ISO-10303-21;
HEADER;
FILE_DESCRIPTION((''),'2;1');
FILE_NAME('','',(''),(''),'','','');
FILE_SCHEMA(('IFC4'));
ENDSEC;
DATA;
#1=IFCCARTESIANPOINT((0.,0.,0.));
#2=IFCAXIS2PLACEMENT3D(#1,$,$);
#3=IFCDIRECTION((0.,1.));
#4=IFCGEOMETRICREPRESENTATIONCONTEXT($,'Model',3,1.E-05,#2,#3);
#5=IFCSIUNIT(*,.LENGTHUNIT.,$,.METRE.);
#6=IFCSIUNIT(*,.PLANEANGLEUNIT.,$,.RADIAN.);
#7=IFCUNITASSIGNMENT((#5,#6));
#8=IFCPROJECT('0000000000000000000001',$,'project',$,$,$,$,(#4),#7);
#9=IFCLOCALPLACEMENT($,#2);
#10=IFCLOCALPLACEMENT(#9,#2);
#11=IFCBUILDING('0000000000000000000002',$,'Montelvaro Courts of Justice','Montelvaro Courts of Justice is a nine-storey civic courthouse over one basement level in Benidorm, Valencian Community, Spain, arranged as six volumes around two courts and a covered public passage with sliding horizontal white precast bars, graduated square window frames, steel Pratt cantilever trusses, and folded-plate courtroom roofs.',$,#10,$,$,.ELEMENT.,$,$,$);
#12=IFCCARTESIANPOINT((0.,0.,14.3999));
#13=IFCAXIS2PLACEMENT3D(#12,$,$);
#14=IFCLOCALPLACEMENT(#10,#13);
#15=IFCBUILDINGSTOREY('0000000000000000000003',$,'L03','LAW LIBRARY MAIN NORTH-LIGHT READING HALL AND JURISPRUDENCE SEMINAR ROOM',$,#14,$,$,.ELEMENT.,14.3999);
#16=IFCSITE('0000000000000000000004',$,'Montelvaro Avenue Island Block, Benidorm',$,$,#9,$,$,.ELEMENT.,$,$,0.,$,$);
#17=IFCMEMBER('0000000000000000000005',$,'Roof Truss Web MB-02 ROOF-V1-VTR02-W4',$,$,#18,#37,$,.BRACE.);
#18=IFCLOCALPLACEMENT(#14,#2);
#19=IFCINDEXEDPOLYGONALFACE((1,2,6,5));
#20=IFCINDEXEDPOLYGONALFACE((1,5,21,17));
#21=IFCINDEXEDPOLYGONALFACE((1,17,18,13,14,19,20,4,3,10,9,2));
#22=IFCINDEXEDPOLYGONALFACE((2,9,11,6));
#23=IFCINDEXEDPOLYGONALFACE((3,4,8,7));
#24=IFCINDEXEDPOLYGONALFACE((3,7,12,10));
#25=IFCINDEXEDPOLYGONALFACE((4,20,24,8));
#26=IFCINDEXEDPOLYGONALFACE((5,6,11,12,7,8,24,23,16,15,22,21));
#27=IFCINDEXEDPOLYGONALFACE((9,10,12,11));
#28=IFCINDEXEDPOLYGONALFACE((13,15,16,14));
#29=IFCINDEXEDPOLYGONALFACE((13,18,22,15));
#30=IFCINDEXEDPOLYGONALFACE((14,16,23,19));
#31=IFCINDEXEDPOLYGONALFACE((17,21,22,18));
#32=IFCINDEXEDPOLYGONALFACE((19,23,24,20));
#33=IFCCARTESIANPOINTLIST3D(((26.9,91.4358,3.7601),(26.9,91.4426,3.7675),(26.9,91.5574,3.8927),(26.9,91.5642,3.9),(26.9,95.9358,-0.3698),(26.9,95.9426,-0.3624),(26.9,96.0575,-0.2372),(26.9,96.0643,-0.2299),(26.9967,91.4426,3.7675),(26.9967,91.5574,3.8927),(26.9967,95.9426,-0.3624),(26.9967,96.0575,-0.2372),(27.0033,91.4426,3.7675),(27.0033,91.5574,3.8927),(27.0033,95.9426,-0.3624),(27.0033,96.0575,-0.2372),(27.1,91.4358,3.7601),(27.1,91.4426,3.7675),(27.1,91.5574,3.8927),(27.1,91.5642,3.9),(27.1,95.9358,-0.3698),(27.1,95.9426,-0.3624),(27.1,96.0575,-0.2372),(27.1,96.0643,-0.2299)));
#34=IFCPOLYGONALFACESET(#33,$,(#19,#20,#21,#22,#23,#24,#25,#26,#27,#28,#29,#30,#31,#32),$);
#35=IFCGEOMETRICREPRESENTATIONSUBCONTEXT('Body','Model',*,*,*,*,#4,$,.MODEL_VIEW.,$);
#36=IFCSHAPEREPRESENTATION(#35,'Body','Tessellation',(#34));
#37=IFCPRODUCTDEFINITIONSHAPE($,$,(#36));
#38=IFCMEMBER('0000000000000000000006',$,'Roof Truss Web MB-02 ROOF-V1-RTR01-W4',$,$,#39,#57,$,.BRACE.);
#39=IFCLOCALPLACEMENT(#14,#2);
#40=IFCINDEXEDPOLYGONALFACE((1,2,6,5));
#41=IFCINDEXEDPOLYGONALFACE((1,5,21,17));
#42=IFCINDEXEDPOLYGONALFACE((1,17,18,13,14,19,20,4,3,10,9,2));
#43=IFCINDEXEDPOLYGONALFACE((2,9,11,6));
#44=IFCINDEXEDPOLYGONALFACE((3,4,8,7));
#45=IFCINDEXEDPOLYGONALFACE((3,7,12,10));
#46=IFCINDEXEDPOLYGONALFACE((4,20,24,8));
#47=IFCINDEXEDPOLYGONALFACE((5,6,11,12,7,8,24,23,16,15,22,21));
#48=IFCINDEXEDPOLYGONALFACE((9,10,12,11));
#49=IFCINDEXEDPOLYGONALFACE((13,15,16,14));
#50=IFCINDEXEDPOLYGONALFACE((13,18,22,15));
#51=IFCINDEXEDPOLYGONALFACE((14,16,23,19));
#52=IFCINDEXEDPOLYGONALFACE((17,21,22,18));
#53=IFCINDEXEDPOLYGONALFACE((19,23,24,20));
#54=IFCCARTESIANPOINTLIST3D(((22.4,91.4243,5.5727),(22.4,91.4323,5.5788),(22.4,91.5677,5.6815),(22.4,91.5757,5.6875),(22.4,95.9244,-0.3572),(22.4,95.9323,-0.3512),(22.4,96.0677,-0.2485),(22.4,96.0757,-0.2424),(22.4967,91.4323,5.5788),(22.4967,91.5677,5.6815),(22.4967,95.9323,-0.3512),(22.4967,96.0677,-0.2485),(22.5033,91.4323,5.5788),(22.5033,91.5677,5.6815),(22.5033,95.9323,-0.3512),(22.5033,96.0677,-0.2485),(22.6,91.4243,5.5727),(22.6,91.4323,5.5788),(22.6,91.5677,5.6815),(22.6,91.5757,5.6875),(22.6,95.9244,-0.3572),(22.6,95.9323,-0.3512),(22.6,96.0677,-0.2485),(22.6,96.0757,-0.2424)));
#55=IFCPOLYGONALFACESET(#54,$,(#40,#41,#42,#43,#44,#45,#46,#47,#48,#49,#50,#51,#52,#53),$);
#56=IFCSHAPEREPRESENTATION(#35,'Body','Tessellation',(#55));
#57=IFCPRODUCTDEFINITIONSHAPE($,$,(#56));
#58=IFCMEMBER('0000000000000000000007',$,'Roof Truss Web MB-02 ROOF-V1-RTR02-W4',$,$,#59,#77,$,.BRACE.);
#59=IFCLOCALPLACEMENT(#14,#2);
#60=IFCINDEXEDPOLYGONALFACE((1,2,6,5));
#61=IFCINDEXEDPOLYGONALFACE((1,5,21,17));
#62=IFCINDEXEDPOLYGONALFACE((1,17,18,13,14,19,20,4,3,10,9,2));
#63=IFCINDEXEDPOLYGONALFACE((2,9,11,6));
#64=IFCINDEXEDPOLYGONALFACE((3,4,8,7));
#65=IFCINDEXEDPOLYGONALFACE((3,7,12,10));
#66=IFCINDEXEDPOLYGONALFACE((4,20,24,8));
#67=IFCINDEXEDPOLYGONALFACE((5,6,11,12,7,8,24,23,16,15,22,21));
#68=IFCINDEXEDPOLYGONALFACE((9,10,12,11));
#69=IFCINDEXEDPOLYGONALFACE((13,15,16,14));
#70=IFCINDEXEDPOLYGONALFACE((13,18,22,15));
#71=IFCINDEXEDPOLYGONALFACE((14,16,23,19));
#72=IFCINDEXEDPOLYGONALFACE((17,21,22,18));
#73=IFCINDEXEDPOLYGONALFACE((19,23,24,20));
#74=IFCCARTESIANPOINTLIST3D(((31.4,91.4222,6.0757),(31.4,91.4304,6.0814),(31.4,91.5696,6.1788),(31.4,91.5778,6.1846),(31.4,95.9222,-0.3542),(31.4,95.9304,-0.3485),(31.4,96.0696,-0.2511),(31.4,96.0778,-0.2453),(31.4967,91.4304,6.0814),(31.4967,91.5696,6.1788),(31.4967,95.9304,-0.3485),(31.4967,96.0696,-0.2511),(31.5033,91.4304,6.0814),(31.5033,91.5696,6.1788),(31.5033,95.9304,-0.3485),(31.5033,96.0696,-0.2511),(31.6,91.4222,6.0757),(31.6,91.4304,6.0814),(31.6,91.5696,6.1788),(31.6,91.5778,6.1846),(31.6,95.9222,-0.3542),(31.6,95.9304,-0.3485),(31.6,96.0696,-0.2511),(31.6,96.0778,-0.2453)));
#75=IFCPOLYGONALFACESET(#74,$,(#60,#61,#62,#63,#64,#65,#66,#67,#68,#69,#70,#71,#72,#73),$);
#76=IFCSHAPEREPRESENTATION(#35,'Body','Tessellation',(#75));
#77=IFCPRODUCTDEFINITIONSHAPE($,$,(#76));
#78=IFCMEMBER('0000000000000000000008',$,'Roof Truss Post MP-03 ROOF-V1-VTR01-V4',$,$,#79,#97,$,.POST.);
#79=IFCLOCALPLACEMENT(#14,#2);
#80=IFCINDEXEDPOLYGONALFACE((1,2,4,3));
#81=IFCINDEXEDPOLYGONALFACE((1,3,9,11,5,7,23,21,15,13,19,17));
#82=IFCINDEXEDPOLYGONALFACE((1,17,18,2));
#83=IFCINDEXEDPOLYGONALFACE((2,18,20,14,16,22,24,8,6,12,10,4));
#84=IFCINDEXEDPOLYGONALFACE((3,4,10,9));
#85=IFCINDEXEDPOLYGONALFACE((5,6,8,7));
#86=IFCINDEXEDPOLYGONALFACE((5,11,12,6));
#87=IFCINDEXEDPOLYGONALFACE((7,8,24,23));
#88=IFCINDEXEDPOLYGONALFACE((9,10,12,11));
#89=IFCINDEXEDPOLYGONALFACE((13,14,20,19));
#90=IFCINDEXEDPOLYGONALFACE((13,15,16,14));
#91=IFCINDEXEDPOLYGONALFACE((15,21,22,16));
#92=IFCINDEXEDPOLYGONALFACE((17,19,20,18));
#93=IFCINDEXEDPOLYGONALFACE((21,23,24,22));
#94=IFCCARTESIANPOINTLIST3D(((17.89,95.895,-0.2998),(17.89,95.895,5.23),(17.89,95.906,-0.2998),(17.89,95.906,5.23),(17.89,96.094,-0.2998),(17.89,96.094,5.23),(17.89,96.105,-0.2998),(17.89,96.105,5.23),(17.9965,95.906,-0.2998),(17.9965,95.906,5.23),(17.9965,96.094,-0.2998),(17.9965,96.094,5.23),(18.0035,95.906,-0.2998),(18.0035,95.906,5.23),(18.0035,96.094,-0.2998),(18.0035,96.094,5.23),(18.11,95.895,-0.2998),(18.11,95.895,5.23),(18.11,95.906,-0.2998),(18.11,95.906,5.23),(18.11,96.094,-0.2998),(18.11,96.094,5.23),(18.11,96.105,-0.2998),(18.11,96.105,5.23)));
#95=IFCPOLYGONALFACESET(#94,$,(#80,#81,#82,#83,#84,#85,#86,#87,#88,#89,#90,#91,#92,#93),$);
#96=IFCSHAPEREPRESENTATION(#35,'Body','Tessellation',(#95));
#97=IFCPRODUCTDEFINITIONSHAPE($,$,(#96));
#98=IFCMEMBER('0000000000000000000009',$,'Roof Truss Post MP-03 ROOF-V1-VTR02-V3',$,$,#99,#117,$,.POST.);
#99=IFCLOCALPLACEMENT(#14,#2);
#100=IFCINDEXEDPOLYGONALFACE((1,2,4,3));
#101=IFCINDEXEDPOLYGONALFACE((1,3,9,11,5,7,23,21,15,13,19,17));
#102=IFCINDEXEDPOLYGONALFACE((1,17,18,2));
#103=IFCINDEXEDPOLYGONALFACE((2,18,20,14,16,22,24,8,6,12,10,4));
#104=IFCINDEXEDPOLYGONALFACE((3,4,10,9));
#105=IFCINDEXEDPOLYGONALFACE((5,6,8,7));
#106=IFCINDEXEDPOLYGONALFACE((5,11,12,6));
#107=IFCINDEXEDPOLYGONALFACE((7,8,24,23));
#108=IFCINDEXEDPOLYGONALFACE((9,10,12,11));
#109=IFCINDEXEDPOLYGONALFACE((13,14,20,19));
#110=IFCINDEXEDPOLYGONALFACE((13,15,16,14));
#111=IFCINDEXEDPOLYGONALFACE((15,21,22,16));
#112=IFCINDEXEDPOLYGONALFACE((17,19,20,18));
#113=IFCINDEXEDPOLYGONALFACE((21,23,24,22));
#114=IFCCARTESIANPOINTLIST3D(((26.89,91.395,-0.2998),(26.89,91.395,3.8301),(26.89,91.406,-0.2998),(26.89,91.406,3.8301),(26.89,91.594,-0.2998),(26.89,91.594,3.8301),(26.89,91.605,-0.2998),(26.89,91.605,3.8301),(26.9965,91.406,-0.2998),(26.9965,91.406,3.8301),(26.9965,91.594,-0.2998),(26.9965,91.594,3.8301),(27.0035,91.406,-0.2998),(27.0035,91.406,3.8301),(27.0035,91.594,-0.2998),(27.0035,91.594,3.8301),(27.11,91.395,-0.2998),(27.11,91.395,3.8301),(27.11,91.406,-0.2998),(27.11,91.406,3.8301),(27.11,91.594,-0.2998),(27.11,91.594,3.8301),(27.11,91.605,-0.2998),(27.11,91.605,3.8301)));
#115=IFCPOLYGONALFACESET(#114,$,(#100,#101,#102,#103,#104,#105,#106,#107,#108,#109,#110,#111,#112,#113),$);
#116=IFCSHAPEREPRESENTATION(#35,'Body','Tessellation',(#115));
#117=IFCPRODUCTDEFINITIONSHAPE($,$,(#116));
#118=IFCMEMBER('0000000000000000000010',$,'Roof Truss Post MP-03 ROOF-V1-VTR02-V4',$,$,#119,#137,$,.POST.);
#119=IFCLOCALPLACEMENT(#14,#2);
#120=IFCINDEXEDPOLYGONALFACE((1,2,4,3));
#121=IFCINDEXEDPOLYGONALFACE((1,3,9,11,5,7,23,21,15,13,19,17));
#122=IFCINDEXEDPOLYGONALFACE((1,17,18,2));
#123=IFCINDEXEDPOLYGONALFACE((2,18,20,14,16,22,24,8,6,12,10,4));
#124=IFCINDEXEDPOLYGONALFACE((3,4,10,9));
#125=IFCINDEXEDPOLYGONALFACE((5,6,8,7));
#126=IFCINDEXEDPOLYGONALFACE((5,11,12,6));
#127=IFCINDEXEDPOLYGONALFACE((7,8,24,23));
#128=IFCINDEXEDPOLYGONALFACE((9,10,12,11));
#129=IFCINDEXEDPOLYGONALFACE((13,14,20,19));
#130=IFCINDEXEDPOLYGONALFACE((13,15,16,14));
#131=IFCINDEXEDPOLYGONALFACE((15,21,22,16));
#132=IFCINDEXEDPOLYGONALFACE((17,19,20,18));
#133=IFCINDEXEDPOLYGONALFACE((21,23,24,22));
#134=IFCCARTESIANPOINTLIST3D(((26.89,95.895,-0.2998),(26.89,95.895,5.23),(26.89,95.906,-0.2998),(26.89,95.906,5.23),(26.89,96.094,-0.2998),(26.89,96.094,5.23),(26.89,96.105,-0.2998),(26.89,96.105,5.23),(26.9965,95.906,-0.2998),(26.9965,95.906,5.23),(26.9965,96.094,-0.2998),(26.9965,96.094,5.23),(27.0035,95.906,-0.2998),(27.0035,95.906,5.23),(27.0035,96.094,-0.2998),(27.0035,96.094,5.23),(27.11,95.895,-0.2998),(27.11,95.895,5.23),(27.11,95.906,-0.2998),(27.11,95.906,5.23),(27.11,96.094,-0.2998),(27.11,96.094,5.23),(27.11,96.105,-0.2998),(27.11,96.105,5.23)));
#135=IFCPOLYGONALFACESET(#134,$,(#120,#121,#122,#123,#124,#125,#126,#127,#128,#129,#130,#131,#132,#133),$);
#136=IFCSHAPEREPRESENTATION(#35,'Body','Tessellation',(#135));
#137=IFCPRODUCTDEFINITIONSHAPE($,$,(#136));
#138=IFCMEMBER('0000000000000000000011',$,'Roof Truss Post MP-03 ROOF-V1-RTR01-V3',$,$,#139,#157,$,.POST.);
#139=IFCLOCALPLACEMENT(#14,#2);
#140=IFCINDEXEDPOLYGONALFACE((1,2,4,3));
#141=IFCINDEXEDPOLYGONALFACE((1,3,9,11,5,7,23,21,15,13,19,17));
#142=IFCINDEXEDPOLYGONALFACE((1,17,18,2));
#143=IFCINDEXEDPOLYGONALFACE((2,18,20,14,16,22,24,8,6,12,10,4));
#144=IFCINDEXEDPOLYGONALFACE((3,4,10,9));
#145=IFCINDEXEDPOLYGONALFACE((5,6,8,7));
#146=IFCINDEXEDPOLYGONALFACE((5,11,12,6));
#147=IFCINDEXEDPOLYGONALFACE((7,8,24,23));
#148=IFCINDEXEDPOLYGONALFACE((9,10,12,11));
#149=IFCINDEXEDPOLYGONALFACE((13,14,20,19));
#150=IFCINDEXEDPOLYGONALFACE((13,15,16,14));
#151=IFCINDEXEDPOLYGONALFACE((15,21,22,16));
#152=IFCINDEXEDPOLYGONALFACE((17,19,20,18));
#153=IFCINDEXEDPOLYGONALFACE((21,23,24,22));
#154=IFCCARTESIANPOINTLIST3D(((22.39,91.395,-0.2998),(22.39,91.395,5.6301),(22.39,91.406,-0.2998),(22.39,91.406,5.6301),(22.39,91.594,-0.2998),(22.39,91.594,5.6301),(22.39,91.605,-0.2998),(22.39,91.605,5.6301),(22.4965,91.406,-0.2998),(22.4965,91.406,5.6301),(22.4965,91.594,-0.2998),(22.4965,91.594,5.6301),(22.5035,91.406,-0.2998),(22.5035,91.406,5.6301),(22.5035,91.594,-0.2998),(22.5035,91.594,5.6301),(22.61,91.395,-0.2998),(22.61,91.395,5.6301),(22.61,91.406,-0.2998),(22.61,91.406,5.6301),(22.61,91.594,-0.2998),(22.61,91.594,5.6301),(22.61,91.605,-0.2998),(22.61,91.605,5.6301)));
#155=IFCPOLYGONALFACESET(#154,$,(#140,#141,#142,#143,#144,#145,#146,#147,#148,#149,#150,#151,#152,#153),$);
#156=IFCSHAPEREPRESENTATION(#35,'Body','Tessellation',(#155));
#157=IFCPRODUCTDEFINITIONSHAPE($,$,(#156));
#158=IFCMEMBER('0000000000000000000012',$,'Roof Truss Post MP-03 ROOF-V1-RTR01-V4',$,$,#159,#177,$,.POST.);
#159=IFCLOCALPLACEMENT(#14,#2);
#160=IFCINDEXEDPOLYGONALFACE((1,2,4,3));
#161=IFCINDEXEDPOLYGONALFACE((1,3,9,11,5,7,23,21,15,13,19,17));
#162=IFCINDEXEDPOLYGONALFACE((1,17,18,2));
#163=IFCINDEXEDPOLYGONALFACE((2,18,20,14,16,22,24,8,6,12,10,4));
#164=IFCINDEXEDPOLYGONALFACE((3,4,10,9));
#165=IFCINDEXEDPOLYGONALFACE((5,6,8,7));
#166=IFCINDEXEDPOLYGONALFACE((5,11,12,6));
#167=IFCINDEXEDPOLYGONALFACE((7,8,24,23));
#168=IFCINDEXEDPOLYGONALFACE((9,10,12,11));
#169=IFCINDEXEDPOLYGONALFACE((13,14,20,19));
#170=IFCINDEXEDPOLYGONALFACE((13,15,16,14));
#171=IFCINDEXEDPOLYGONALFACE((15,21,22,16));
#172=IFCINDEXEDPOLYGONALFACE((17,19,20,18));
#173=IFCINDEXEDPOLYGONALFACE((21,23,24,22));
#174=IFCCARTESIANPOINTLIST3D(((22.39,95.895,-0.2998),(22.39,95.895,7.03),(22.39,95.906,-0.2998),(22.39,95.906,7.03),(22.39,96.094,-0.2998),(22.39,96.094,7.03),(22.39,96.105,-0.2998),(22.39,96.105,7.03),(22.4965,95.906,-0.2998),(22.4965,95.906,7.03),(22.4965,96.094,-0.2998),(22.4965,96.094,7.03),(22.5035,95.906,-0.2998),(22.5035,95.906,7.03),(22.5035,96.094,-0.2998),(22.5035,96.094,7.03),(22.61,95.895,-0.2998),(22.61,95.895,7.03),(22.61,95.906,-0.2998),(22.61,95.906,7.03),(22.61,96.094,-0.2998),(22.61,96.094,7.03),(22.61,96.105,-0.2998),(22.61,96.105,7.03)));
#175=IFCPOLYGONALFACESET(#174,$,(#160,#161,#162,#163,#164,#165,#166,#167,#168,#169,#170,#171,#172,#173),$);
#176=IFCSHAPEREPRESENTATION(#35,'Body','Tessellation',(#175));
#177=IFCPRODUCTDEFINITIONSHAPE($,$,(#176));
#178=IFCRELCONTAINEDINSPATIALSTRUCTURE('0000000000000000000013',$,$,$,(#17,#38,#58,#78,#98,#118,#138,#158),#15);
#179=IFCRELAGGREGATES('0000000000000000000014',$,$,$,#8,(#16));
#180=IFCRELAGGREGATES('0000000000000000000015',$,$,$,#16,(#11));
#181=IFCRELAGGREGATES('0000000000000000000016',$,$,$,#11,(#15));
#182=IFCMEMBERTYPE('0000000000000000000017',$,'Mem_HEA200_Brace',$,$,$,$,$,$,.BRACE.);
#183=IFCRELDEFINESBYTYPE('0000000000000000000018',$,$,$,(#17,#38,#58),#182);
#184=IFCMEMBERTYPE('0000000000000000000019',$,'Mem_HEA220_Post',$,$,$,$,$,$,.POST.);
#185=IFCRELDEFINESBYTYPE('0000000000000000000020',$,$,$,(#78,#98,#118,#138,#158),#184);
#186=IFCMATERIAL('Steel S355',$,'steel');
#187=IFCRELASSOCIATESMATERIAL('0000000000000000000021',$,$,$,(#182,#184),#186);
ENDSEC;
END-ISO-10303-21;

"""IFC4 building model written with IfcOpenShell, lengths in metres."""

from ifc_helpers import new_model, si_unit, direction, frame, origin, origin_2d, place, context, subcontext, project, spatial, i_section, extrude, material, material_profile, profile_set, type_object, element, save


model = new_model("IFC4")

# Units and contexts
model_context = context("Model", 3, precision=1e-05, world=origin(), true_north=direction((0.0, 1.0)))
body_context = subcontext(model_context, "Body", "Model", "MODEL_VIEW")
ifc_project = project(units=[si_unit("LENGTHUNIT", "METRE"), si_unit("PLANEANGLEUNIT", "RADIAN")], contexts=[model_context])

# Site, building, storey
site_placement = place(None, origin())
site = spatial("IfcSite", under=ifc_project, at=site_placement, Name="Montelvaro Avenue Island Block, Benidorm", CompositionType="ELEMENT", RefElevation=0.0)
building_placement = place(site_placement, origin())
building = spatial("IfcBuilding", under=site, at=building_placement, Name="Montelvaro Courts of Justice", Description="Montelvaro Courts of Justice is a nine-storey civic courthouse over one basement level in Benidorm, Valencian Community, Spain, arranged as six volumes around two courts and a covered public passage with sliding horizontal white precast bars, graduated square window frames, steel Pratt cantilever trusses, and folded-plate courtroom roofs.", CompositionType="ELEMENT")
storey_placement = place(building_placement, frame((0.0, 0.0, 14.3999)))
storey = spatial("IfcBuildingStorey", under=building, at=storey_placement, Name="L03", Description="LAW LIBRARY MAIN NORTH-LIGHT READING HALL AND JURISPRUDENCE SEMINAR ROOM", CompositionType="ELEMENT", Elevation=14.3999)

# Members
ifc_material_1 = material(Name="Steel S355", Category="steel")
ifc_material_profile_1 = material_profile(ifc_material_1, i_section(OverallWidth=0.2, OverallDepth=0.1899, WebThickness=0.0066, FlangeThickness=0.01, at=origin_2d()), Name="HEA 200")
ifc_profile_set_1 = profile_set([ifc_material_profile_1], Name="Steel S355")
member_type_1 = type_object("IfcMemberType", Name="Mem_HEA200_Brace", PredefinedType="BRACE", material=ifc_profile_set_1)
member_1_placement = place(storey_placement, frame((27.0, 91.5, 3.8301), z_axis=(0.0, 0.736756, -0.676159), x_axis=(-1.0, 0.0, 0.0)))
element("IfcMember", 1, at=member_1_placement, inside=storey, type_object=member_type_1, Name="Roof Truss Web MB-02 ROOF-V1-VTR02-W4", PredefinedType="BRACE", context=body_context, shape_type="SweptSolid", body=[
    extrude(i_section(OverallWidth=0.2, OverallDepth=0.1899, WebThickness=0.0066, FlangeThickness=0.01, at=origin_2d()), origin(), (0.0, 0.0, 1.0), 6.1079),
])
member_2_placement = place(storey_placement, frame((22.5, 91.5, 5.6301), z_axis=(0.0, 0.604509, -0.796599), x_axis=(-1.0, 0.0, 0.0)))
element("IfcMember", 2, at=member_2_placement, inside=storey, type_object=member_type_1, Name="Roof Truss Web MB-02 ROOF-V1-RTR01-W4", PredefinedType="BRACE", context=body_context, shape_type="SweptSolid", body=[
    extrude(i_section(OverallWidth=0.2, OverallDepth=0.1899, WebThickness=0.0066, FlangeThickness=0.01, at=origin_2d()), origin(), (0.0, 0.0, 1.0), 7.4441),
])
member_3_placement = place(storey_placement, frame((31.5, 91.5, 6.1301), z_axis=(0.0, 0.573381, -0.819289), x_axis=(-1.0, 0.0, 0.0)))
element("IfcMember", 3, at=member_3_placement, inside=storey, type_object=member_type_1, Name="Roof Truss Web MB-02 ROOF-V1-RTR02-W4", PredefinedType="BRACE", context=body_context, shape_type="SweptSolid", body=[
    extrude(i_section(OverallWidth=0.2, OverallDepth=0.1899, WebThickness=0.0066, FlangeThickness=0.01, at=origin_2d()), origin(), (0.0, 0.0, 1.0), 7.8481),
])
ifc_material_profile_2 = material_profile(ifc_material_1, i_section(OverallWidth=0.22, OverallDepth=0.21, WebThickness=0.0071, FlangeThickness=0.011, at=origin_2d()), Name="HEA 220")
ifc_profile_set_2 = profile_set([ifc_material_profile_2], Name="Steel S355")
member_type_2 = type_object("IfcMemberType", Name="Mem_HEA220_Post", PredefinedType="POST", material=ifc_profile_set_2)
member_4_placement = place(storey_placement, frame((18.0, 96.0, -0.2998), z_axis=(0.0, 0.0, 1.0), x_axis=(1.0, 0.0, 0.0)))
element("IfcMember", 4, at=member_4_placement, inside=storey, type_object=member_type_2, Name="Roof Truss Post MP-03 ROOF-V1-VTR01-V4", PredefinedType="POST", context=body_context, shape_type="SweptSolid", body=[
    extrude(i_section(OverallWidth=0.22, OverallDepth=0.21, WebThickness=0.0071, FlangeThickness=0.011, at=origin_2d()), origin(), (0.0, 0.0, 1.0), 5.5298),
])
member_5_placement = place(storey_placement, frame((27.0, 91.5, -0.2998), z_axis=(0.0, 0.0, 1.0), x_axis=(1.0, 0.0, 0.0)))
element("IfcMember", 5, at=member_5_placement, inside=storey, type_object=member_type_2, Name="Roof Truss Post MP-03 ROOF-V1-VTR02-V3", PredefinedType="POST", context=body_context, shape_type="SweptSolid", body=[
    extrude(i_section(OverallWidth=0.22, OverallDepth=0.21, WebThickness=0.0071, FlangeThickness=0.011, at=origin_2d()), origin(), (0.0, 0.0, 1.0), 4.1299),
])
member_6_placement = place(storey_placement, frame((27.0, 96.0, -0.2998), z_axis=(0.0, 0.0, 1.0), x_axis=(1.0, 0.0, 0.0)))
element("IfcMember", 6, at=member_6_placement, inside=storey, type_object=member_type_2, Name="Roof Truss Post MP-03 ROOF-V1-VTR02-V4", PredefinedType="POST", context=body_context, shape_type="SweptSolid", body=[
    extrude(i_section(OverallWidth=0.22, OverallDepth=0.21, WebThickness=0.0071, FlangeThickness=0.011, at=origin_2d()), origin(), (0.0, 0.0, 1.0), 5.5298),
])
member_7_placement = place(storey_placement, frame((22.5, 91.5, -0.2998), z_axis=(0.0, 0.0, 1.0), x_axis=(1.0, 0.0, 0.0)))
element("IfcMember", 7, at=member_7_placement, inside=storey, type_object=member_type_2, Name="Roof Truss Post MP-03 ROOF-V1-RTR01-V3", PredefinedType="POST", context=body_context, shape_type="SweptSolid", body=[
    extrude(i_section(OverallWidth=0.22, OverallDepth=0.21, WebThickness=0.0071, FlangeThickness=0.011, at=origin_2d()), origin(), (0.0, 0.0, 1.0), 5.9299),
])
member_8_placement = place(storey_placement, frame((22.5, 96.0, -0.2998), z_axis=(0.0, 0.0, 1.0), x_axis=(1.0, 0.0, 0.0)))
element("IfcMember", 8, at=member_8_placement, inside=storey, type_object=member_type_2, Name="Roof Truss Post MP-03 ROOF-V1-RTR01-V4", PredefinedType="POST", context=body_context, shape_type="SweptSolid", body=[
    extrude(i_section(OverallWidth=0.22, OverallDepth=0.21, WebThickness=0.0071, FlangeThickness=0.011, at=origin_2d()), origin(), (0.0, 0.0, 1.0), 7.3298),
])

save(model, "model.ifc")
